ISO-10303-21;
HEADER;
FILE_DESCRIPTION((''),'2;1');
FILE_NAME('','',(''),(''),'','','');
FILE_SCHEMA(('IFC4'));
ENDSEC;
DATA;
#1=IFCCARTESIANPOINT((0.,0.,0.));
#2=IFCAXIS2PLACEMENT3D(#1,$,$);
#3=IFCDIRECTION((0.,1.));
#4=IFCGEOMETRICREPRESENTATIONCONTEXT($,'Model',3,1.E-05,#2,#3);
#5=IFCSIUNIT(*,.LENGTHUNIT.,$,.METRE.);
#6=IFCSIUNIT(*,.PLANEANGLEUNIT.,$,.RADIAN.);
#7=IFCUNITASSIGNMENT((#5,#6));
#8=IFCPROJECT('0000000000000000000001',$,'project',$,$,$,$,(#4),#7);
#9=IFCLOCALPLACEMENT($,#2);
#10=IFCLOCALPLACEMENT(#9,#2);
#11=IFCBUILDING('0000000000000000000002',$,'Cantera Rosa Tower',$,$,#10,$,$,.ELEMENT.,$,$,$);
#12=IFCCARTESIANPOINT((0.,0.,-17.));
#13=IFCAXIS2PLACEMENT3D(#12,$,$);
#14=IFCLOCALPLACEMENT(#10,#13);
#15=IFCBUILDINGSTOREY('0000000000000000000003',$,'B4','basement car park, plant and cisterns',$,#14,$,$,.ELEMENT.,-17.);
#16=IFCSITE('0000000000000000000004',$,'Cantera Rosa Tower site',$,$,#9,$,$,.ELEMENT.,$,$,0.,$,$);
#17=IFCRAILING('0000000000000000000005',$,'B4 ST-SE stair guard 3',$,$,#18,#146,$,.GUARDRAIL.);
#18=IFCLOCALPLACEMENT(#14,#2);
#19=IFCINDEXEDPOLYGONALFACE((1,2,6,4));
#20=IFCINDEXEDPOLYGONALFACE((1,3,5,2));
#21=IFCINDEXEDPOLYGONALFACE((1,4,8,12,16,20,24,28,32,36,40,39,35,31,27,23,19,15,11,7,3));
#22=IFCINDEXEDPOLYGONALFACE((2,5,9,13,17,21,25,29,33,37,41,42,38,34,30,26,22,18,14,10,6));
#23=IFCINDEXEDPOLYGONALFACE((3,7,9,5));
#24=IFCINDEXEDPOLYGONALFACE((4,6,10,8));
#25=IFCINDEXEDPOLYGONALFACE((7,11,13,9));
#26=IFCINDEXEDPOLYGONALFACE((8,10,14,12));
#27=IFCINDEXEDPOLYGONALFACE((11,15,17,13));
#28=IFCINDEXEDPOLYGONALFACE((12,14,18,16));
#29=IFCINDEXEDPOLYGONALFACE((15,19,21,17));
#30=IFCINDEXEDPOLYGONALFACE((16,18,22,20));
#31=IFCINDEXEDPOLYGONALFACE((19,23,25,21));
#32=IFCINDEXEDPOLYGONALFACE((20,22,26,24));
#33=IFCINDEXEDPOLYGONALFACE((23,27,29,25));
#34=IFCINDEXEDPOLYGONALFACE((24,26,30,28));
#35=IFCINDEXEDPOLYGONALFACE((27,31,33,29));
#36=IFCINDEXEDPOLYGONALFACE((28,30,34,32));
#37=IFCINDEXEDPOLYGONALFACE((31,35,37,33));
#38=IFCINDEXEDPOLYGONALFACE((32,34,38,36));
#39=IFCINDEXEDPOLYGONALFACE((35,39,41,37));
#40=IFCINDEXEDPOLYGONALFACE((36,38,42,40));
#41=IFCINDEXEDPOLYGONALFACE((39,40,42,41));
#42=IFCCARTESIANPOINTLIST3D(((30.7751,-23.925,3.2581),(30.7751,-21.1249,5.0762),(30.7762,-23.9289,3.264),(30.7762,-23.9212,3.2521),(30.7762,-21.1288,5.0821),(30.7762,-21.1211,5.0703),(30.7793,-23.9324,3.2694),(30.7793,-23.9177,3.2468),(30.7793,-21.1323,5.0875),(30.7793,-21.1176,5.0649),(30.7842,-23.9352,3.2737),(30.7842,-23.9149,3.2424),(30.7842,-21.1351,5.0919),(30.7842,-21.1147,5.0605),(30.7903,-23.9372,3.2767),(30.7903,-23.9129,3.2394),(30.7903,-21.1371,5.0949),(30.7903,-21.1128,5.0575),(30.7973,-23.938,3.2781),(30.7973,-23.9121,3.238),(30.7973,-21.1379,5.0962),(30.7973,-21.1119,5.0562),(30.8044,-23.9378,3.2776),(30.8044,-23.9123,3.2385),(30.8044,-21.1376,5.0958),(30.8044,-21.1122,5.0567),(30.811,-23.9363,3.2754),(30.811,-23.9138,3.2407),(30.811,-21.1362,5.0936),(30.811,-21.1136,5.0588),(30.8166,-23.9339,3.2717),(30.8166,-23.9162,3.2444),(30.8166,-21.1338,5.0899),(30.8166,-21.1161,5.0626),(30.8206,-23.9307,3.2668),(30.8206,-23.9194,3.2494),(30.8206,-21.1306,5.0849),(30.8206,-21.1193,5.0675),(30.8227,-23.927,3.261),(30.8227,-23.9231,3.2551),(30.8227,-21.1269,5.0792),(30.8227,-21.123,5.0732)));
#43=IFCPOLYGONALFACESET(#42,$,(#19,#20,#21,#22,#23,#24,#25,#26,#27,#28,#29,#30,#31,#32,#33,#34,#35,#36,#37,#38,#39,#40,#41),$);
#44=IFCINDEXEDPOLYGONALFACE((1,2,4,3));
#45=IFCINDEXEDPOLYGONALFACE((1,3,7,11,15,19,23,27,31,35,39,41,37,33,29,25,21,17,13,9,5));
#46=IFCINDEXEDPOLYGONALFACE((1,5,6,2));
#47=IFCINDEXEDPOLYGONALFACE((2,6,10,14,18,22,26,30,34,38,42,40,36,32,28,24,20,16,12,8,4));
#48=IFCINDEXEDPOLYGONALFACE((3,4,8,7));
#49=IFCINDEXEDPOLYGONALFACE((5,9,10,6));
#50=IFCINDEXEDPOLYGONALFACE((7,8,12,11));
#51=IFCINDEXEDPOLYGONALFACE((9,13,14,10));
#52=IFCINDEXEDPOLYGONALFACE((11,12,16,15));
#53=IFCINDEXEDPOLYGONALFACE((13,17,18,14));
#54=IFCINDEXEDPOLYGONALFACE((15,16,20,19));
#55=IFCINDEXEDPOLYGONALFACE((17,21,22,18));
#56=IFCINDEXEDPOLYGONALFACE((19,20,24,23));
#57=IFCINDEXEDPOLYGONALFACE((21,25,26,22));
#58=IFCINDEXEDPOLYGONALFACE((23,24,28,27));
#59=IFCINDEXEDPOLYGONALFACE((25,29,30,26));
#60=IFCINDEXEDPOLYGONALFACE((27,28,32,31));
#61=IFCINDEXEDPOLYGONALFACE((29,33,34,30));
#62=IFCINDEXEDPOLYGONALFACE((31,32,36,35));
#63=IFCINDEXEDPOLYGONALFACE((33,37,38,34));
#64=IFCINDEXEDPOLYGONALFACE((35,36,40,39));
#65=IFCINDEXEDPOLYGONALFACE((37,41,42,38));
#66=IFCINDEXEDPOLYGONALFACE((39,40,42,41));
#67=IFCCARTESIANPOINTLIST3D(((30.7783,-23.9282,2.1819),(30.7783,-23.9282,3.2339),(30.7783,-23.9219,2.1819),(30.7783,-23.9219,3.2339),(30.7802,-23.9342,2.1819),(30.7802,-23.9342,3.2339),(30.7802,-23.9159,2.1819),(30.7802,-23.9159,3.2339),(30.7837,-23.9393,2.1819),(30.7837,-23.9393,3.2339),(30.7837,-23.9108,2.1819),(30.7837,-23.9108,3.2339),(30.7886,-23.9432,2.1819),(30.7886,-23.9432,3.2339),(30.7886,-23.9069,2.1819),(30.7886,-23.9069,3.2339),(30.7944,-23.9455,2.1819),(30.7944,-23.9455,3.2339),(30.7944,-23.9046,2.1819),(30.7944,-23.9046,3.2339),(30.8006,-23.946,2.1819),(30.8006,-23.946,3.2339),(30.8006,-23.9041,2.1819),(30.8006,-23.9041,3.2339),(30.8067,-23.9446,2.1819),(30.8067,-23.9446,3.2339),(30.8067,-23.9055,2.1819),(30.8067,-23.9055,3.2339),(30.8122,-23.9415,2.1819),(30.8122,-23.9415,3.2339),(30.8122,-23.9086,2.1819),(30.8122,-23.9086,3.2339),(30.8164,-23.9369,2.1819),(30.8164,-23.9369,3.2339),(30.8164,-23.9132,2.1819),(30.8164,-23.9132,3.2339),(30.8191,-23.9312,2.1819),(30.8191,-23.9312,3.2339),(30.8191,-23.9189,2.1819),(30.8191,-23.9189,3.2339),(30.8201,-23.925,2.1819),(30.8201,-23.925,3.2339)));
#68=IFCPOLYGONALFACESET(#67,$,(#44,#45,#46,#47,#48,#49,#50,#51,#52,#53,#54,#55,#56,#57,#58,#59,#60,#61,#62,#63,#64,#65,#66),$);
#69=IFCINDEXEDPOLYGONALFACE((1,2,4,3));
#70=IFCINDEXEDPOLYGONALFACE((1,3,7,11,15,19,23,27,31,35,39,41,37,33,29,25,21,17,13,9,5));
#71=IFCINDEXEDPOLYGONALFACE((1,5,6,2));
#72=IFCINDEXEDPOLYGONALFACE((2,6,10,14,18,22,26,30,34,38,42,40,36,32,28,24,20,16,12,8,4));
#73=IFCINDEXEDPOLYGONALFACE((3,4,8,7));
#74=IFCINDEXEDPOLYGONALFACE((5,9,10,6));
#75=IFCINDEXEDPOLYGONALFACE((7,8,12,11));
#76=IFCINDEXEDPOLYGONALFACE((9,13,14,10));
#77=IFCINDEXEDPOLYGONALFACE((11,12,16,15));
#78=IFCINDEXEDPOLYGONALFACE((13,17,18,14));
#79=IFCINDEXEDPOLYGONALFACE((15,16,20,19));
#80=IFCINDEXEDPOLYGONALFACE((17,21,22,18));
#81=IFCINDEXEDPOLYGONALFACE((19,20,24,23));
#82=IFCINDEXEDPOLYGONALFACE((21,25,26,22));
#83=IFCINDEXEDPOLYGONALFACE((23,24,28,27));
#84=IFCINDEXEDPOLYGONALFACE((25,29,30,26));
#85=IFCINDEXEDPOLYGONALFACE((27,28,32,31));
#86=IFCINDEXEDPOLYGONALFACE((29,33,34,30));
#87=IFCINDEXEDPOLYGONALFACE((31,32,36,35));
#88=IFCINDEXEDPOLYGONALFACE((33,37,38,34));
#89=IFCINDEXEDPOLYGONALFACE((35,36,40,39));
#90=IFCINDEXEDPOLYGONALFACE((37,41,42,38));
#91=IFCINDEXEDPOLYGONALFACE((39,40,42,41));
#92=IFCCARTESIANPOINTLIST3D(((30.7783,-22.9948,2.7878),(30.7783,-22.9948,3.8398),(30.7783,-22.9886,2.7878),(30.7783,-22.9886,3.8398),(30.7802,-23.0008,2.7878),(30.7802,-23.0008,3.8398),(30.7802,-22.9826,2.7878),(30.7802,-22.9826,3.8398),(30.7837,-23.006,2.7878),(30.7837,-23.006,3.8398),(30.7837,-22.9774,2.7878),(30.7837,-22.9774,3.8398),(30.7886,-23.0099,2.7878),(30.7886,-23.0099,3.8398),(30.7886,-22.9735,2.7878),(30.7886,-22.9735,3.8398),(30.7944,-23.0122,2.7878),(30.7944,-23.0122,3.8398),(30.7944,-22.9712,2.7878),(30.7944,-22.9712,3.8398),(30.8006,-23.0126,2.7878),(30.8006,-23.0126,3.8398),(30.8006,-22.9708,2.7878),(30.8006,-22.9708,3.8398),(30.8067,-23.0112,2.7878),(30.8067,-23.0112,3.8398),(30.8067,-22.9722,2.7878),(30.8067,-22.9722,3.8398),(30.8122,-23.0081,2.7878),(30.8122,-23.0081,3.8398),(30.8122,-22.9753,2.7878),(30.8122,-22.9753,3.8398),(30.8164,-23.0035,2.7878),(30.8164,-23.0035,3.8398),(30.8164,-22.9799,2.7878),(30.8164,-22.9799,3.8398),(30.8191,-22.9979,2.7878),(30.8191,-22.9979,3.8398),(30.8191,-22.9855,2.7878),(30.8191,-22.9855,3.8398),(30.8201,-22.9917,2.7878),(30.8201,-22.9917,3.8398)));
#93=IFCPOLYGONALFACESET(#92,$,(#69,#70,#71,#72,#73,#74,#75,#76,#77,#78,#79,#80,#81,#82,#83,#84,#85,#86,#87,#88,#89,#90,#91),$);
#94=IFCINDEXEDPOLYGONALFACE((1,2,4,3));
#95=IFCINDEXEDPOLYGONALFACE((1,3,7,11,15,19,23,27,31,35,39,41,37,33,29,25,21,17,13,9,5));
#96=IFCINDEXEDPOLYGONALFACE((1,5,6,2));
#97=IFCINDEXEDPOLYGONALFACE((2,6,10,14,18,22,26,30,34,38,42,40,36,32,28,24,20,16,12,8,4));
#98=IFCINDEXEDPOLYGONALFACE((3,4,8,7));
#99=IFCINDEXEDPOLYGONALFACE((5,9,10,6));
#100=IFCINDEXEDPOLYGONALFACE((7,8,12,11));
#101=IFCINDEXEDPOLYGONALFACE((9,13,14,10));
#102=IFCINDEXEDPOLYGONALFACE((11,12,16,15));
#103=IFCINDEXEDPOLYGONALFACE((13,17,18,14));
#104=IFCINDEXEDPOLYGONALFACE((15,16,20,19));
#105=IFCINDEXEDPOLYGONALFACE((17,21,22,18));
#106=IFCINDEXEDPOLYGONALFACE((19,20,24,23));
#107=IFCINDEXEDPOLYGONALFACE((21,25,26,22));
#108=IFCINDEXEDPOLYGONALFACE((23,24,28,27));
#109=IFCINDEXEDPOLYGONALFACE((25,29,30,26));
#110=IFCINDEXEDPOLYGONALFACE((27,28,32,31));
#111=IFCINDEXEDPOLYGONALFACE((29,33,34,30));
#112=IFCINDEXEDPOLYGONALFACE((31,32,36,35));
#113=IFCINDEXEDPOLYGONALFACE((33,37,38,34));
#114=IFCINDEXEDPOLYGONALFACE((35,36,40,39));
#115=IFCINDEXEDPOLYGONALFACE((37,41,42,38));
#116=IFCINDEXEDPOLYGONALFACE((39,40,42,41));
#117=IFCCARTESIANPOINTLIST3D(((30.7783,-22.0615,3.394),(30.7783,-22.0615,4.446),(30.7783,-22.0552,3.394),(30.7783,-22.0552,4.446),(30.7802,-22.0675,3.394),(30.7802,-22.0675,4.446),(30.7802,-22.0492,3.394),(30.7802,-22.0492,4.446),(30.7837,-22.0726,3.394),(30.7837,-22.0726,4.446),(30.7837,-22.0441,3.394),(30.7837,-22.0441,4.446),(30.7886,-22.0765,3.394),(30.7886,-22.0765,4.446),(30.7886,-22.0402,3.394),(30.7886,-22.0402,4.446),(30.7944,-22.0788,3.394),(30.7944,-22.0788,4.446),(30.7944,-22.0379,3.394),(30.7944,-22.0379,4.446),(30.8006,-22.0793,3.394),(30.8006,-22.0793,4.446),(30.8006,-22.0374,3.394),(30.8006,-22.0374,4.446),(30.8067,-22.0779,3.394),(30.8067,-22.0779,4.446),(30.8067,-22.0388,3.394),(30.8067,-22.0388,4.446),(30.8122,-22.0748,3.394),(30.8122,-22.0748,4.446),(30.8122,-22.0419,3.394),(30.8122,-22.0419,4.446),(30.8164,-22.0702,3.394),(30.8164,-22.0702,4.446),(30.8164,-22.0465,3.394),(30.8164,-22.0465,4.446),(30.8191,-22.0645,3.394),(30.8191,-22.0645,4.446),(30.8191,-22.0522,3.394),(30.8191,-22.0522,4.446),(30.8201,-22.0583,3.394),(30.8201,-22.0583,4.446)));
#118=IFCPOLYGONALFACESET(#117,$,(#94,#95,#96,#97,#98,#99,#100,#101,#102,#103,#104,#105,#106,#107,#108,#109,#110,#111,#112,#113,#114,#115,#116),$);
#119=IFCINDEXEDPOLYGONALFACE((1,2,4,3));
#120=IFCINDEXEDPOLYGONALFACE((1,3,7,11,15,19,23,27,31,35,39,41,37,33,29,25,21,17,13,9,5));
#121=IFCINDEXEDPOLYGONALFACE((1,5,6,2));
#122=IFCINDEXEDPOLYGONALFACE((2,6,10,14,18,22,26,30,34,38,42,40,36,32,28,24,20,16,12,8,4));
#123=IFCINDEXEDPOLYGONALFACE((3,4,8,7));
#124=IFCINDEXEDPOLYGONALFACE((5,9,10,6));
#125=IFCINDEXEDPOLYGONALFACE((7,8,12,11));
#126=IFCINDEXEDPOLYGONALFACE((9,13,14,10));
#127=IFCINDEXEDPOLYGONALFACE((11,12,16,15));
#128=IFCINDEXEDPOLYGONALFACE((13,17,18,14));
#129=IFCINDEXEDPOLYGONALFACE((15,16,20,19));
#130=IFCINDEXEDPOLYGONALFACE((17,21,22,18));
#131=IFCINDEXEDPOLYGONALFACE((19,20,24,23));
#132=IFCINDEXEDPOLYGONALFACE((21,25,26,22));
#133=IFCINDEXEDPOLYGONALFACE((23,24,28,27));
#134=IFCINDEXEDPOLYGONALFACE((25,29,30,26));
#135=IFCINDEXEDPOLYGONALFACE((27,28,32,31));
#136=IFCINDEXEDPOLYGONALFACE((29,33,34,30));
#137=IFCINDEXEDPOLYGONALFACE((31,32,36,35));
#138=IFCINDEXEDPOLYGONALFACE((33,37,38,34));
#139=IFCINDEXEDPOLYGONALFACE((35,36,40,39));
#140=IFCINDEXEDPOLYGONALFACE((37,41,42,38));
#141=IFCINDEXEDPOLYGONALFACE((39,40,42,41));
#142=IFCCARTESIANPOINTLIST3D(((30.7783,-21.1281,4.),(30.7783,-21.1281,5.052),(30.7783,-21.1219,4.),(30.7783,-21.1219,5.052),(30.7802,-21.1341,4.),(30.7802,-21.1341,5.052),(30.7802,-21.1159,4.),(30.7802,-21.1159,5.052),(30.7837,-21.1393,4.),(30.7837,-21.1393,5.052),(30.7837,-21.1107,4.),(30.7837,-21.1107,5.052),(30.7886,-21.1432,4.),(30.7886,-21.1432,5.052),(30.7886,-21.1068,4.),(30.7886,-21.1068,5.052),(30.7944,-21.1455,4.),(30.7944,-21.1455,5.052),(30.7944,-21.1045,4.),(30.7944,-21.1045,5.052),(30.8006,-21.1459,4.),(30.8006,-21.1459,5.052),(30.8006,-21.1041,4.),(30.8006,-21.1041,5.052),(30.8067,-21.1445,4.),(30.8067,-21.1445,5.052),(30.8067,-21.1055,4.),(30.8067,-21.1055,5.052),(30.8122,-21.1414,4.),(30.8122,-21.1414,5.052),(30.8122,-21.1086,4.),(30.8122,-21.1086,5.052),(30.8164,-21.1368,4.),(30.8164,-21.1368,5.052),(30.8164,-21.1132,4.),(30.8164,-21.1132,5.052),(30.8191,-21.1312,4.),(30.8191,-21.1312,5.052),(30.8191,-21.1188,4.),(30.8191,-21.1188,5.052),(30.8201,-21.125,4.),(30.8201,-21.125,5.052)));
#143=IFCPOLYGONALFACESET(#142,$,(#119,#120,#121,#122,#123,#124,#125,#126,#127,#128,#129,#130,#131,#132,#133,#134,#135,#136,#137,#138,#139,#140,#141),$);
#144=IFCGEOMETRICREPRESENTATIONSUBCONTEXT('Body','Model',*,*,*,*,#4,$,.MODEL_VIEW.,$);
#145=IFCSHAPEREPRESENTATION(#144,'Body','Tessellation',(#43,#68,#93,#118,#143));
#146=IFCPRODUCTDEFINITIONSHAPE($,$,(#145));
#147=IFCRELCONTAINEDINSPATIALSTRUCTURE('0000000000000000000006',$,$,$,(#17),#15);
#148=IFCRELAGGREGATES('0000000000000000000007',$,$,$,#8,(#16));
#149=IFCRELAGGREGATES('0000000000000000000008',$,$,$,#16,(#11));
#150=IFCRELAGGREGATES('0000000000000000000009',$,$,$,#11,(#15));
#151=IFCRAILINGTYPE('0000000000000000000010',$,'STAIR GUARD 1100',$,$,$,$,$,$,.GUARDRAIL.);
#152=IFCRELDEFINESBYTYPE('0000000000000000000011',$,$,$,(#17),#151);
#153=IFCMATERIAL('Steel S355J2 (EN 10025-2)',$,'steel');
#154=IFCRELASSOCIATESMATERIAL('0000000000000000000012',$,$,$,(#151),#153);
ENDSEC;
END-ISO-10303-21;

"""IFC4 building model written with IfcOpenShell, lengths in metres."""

from ifc_helpers import new_model, si_unit, direction, frame, origin, origin_2d, place, context, subcontext, project, spatial, circle, extrude, material, type_object, element, save


model = new_model("IFC4")

# Units and contexts
model_context = context("Model", 3, precision=1e-05, world=origin(), true_north=direction((0.0, 1.0)))
body_context = subcontext(model_context, "Body", "Model", "MODEL_VIEW")
ifc_project = project(units=[si_unit("LENGTHUNIT", "METRE"), si_unit("PLANEANGLEUNIT", "RADIAN")], contexts=[model_context])

# Site, building, storey
site_placement = place(None, origin())
site = spatial("IfcSite", under=ifc_project, at=site_placement, Name="Cantera Rosa Tower site", CompositionType="ELEMENT", RefElevation=0.0)
building_placement = place(site_placement, origin())
building = spatial("IfcBuilding", under=site, at=building_placement, Name="Cantera Rosa Tower", CompositionType="ELEMENT")
storey_placement = place(building_placement, frame((0.0, 0.0, -17.0)))
storey = spatial("IfcBuildingStorey", under=building, at=storey_placement, Name="B4", Description="basement car park, plant and cisterns", CompositionType="ELEMENT", Elevation=-17.0)

# Railing
ifc_material_1 = material(Name="Steel S355J2 (EN 10025-2)", Category="steel")
railing_type_1 = type_object("IfcRailingType", Name="STAIR GUARD 1100", PredefinedType="GUARDRAIL", material=ifc_material_1)
railing_1_placement = place(storey_placement, frame((30.7991, -23.925, 2.1819)))
element("IfcRailing", 1, at=railing_1_placement, inside=storey, type_object=railing_type_1, Name="B4 ST-SE stair guard 3", PredefinedType="GUARDRAIL", context=body_context, shape_type="SweptSolid", body=[
    extrude(circle(Radius=0.0239, at=origin_2d()), frame((0.0, 0.0, 1.0762), z_axis=(0.0, 0.838706, 0.544585), x_axis=(-1.0, 0.0, 0.0)), (0.0, 0.0, 1.0), 3.3386),
    extrude(circle(Radius=0.021, at=origin_2d()), origin(), (0.0, 0.0, 1.0), 1.052),
    extrude(circle(Radius=0.021, at=origin_2d()), frame((0.0, 0.9333, 0.606)), (0.0, 0.0, 1.0), 1.052),
    extrude(circle(Radius=0.021, at=origin_2d()), frame((0.0, 1.8667, 1.2122)), (0.0, 0.0, 1.0), 1.052),
    extrude(circle(Radius=0.021, at=origin_2d()), frame((0.0, 2.8, 1.8181)), (0.0, 0.0, 1.0), 1.052),
])

save(model, "model.ifc")
